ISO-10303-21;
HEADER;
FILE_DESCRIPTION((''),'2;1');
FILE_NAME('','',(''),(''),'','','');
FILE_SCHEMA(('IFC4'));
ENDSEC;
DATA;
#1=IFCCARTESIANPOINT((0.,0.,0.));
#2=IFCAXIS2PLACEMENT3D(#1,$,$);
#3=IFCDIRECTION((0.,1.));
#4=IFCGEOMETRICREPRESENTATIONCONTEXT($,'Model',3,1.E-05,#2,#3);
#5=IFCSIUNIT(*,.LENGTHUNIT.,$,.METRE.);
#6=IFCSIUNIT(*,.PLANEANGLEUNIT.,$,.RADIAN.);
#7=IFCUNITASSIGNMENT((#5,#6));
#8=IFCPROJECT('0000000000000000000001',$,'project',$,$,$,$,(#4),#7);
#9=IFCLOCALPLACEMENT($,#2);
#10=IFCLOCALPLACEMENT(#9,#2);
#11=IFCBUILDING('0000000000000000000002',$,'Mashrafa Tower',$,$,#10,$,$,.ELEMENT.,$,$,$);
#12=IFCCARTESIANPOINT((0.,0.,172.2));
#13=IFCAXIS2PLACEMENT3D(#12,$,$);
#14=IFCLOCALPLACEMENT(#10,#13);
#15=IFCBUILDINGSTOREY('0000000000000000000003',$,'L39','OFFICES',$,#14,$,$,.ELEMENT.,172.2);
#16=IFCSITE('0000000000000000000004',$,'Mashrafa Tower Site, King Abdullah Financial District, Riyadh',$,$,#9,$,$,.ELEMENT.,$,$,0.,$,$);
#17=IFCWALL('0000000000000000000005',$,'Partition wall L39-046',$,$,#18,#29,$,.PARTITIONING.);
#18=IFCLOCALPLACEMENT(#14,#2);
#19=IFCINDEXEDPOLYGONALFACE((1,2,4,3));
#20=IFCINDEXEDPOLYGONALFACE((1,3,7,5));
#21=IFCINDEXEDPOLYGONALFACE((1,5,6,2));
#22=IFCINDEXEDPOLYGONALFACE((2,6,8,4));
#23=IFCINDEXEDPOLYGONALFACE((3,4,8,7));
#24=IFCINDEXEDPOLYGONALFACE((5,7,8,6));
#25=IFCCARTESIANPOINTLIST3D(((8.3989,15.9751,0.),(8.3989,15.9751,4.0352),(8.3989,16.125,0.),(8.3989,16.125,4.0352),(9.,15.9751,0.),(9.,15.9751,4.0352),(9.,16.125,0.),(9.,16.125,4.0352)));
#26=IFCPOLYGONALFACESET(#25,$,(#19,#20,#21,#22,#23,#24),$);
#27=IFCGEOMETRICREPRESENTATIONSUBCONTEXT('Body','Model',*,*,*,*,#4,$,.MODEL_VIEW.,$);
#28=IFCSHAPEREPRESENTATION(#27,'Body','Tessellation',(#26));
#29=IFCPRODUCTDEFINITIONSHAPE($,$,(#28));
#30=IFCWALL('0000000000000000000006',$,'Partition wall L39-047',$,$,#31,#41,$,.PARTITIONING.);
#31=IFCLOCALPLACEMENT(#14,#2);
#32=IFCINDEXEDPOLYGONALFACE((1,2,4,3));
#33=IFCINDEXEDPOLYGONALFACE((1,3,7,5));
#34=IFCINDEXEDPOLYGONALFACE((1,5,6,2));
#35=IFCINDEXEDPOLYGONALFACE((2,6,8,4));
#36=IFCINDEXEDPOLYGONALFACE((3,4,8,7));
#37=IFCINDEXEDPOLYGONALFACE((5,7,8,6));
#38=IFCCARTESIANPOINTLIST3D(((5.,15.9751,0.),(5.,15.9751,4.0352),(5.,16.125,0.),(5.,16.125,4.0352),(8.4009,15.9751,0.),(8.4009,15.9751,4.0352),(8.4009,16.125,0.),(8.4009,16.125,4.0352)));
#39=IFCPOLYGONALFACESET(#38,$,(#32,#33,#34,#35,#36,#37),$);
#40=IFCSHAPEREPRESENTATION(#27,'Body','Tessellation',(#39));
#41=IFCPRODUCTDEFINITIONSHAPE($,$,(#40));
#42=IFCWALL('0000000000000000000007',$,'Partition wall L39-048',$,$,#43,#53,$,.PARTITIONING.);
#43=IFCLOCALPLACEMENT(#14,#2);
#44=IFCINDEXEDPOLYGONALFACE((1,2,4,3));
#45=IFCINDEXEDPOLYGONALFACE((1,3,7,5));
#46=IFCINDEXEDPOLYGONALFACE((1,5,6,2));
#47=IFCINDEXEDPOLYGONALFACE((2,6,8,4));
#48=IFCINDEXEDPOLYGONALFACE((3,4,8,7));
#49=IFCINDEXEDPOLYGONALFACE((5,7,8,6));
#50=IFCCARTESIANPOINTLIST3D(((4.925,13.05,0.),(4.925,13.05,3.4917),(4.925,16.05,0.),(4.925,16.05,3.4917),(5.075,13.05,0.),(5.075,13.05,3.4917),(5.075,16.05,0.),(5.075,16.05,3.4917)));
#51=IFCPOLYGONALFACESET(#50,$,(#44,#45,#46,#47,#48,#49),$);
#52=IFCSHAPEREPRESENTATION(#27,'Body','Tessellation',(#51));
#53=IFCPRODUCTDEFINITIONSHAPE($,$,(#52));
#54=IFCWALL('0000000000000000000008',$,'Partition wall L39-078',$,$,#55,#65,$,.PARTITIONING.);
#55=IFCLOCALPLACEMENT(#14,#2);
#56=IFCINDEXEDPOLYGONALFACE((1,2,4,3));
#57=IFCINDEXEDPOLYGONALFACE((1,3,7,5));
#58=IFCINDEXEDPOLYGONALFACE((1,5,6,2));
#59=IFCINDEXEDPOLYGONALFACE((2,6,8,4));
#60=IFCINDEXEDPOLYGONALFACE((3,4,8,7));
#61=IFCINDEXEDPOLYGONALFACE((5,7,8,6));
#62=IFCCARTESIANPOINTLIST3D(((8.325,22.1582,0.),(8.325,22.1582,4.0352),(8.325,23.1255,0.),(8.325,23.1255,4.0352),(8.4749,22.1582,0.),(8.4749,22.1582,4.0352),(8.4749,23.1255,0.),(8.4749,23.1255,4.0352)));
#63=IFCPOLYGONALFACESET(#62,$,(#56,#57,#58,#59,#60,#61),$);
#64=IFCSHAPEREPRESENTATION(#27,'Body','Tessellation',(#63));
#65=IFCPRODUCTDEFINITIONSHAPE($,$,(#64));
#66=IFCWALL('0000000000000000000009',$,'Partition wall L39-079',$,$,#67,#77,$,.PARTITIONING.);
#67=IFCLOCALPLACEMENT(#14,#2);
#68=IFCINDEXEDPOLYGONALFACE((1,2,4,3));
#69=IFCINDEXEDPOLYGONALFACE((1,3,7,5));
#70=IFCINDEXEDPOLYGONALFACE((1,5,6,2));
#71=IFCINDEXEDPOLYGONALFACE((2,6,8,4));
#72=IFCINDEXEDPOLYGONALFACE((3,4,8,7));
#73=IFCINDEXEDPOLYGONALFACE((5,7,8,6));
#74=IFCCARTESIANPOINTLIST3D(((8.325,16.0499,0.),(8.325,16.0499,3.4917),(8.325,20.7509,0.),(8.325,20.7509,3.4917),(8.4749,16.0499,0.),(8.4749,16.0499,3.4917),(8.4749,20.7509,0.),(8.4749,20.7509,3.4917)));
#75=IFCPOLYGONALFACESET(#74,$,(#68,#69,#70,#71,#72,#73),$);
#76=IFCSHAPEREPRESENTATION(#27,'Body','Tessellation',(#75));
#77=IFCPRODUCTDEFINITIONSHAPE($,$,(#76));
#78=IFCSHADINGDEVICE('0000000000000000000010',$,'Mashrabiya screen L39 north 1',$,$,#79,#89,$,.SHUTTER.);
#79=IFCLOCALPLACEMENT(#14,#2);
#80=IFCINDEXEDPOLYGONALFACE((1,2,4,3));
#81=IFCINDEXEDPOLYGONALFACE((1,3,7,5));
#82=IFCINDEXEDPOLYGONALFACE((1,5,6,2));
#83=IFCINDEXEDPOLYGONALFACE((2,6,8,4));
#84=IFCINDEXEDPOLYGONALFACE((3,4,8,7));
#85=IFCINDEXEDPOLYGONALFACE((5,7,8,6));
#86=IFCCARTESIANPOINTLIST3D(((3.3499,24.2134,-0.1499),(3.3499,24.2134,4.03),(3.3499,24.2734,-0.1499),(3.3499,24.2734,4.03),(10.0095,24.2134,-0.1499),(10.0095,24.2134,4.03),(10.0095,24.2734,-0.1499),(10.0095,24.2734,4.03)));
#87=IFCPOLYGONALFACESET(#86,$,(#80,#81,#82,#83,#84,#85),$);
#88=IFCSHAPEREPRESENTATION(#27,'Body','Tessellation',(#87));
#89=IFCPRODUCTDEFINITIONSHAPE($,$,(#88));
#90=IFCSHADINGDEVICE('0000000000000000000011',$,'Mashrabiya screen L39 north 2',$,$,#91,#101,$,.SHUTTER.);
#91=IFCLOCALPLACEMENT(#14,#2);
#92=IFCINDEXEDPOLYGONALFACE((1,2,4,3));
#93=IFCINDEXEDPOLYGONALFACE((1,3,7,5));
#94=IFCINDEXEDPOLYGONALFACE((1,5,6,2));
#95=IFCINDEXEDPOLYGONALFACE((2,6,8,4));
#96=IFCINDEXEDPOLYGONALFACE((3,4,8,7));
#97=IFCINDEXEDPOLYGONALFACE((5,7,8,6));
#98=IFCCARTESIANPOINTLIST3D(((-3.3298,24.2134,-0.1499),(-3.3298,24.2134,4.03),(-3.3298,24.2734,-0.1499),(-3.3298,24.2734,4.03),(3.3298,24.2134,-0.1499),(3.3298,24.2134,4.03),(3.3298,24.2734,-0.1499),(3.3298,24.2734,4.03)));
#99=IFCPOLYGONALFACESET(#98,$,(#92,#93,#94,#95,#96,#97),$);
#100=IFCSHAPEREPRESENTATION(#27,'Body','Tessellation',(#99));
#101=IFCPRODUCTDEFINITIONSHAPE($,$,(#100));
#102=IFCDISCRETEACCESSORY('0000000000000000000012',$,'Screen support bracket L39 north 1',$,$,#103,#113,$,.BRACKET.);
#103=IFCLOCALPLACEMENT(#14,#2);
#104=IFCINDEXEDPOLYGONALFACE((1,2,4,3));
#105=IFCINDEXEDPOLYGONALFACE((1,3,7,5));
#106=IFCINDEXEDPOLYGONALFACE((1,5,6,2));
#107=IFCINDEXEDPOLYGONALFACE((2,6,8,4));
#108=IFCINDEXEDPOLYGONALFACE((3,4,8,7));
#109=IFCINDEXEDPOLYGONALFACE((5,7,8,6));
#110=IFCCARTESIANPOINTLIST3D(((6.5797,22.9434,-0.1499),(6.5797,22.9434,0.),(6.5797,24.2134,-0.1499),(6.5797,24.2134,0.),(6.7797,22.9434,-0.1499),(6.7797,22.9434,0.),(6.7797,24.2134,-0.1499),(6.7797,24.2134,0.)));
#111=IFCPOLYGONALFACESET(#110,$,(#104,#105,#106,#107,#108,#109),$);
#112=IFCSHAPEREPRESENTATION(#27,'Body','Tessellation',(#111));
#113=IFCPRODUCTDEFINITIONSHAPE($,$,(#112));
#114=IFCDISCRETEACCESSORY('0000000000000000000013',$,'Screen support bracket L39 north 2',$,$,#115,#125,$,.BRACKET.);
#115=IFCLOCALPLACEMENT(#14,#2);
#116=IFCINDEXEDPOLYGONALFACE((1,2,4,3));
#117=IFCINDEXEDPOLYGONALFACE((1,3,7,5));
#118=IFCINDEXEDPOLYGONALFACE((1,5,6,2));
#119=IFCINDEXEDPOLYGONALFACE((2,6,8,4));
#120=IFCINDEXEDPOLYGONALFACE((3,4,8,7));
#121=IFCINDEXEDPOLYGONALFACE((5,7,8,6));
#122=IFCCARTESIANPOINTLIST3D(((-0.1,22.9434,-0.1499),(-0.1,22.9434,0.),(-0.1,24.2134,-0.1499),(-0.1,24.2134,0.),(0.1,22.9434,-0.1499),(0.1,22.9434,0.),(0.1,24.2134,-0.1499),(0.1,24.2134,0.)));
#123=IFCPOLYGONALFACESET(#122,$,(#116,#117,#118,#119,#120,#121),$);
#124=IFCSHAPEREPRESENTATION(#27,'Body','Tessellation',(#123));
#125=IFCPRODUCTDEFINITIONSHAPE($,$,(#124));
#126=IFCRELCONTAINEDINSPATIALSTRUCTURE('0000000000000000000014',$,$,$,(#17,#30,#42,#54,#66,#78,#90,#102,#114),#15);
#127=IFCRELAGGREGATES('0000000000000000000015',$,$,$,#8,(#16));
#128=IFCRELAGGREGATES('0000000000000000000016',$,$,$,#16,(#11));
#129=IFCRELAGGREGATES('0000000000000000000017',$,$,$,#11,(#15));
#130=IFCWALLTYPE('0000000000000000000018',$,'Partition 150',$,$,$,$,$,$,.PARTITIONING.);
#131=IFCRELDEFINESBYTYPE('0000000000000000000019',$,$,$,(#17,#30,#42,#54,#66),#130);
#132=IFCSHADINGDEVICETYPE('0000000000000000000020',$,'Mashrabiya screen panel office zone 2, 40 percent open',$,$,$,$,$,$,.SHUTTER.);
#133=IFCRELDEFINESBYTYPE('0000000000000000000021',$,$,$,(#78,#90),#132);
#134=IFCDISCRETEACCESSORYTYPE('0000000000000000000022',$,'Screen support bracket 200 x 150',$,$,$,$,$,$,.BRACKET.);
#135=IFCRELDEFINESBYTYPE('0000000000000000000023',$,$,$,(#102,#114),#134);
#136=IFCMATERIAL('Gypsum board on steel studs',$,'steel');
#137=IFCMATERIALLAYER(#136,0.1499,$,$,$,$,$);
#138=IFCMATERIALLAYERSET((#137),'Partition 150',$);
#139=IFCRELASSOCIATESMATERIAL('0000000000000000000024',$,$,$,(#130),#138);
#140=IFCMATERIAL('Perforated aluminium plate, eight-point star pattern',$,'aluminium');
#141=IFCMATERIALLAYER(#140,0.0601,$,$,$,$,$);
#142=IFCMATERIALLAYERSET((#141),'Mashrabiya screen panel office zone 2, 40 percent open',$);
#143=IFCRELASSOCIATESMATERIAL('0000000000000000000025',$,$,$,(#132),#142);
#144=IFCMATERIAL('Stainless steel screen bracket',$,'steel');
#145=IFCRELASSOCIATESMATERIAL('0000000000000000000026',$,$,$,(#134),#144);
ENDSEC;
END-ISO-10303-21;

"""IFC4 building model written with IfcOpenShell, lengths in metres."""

from ifc_helpers import new_model, si_unit, direction, frame, frame_2d, origin, origin_2d, place, context, subcontext, project, spatial, rectangle, extrude, source, transform, mapped, material, layer, layer_set, type_object, type_shapes, element, save


model = new_model("IFC4")

# Units and contexts
model_context = context("Model", 3, precision=1e-05, world=origin(), true_north=direction((0.0, 1.0)))
body_context = subcontext(model_context, "Body", "Model", "MODEL_VIEW")
ifc_project = project(units=[si_unit("LENGTHUNIT", "METRE"), si_unit("PLANEANGLEUNIT", "RADIAN")], contexts=[model_context])

# Site, building, storey
site_placement = place(None, origin())
site = spatial("IfcSite", under=ifc_project, at=site_placement, Name="Mashrafa Tower Site, King Abdullah Financial District, Riyadh", CompositionType="ELEMENT", RefElevation=0.0)
building_placement = place(site_placement, origin())
building = spatial("IfcBuilding", under=site, at=building_placement, Name="Mashrafa Tower", CompositionType="ELEMENT")
storey_placement = place(building_placement, frame((0.0, 0.0, 172.2)))
storey = spatial("IfcBuildingStorey", under=building, at=storey_placement, Name="L39", Description="OFFICES", CompositionType="ELEMENT", Elevation=172.2)

# Walls
ifc_material_1 = material(Name="Gypsum board on steel studs", Category="steel")
ifc_layer_1 = layer(ifc_material_1, 0.1499)
ifc_layer_set_1 = layer_set([ifc_layer_1], Name="Partition 150")
wall_type_1 = type_object("IfcWallType", Name="Partition 150", PredefinedType="PARTITIONING", material=ifc_layer_set_1)
wall_1_placement = place(storey_placement, frame((9.0, 16.05, 0.0), z_axis=(0.0, 0.0, 1.0), x_axis=(-1.0, 0.0, 0.0)))
element("IfcWall", 1, at=wall_1_placement, inside=storey, type_object=wall_type_1, Name="Partition wall L39-046", PredefinedType="PARTITIONING", context=body_context, shape_type="SweptSolid", body=[
    extrude(rectangle(XDim=0.6011, YDim=0.1499, at=frame_2d((0.3005, 0.0))), origin(), (0.0, 0.0, 1.0), 4.0352),
])
wall_2_placement = place(storey_placement, frame((8.4009, 16.05, 0.0), z_axis=(0.0, 0.0, 1.0), x_axis=(-1.0, 0.0, 0.0)))
element("IfcWall", 2, at=wall_2_placement, inside=storey, type_object=wall_type_1, Name="Partition wall L39-047", PredefinedType="PARTITIONING", context=body_context, shape_type="SweptSolid", body=[
    extrude(rectangle(XDim=3.4009, YDim=0.1499, at=frame_2d((1.7004, 0.0))), origin(), (0.0, 0.0, 1.0), 4.0352),
])
wall_3_placement = place(storey_placement, frame((5.0, 16.05, 0.0), z_axis=(0.0, 0.0, 1.0), x_axis=(0.0, -1.0, 0.0)))
element("IfcWall", 3, at=wall_3_placement, inside=storey, type_object=wall_type_1, Name="Partition wall L39-048", PredefinedType="PARTITIONING", context=body_context, shape_type="SweptSolid", body=[
    extrude(rectangle(XDim=3.0, YDim=0.1499, at=frame_2d((1.5, 0.0))), origin(), (0.0, 0.0, 1.0), 3.4917),
])
wall_4_placement = place(storey_placement, frame((8.3999, 23.1255, 0.0), z_axis=(0.0, 0.0, 1.0), x_axis=(0.0, -1.0, 0.0)))
element("IfcWall", 4, at=wall_4_placement, inside=storey, type_object=wall_type_1, Name="Partition wall L39-078", PredefinedType="PARTITIONING", context=body_context, shape_type="SweptSolid", body=[
    extrude(rectangle(XDim=0.9673, YDim=0.1499, at=frame_2d((0.4836, 0.0))), origin(), (0.0, 0.0, 1.0), 4.0352),
])
wall_5_placement = place(storey_placement, frame((8.3999, 20.751, 0.0), z_axis=(0.0, 0.0, 1.0), x_axis=(0.0, -1.0, 0.0)))
element("IfcWall", 5, at=wall_5_placement, inside=storey, type_object=wall_type_1, Name="Partition wall L39-079", PredefinedType="PARTITIONING", context=body_context, shape_type="SweptSolid", body=[
    extrude(rectangle(XDim=4.7009, YDim=0.1499, at=frame_2d((2.3506, 0.0))), origin(), (0.0, 0.0, 1.0), 3.4917),
])

# Shading devices
ifc_material_2 = material(Name="Perforated aluminium plate, eight-point star pattern", Category="aluminium")
ifc_layer_2 = layer(ifc_material_2, 0.0601)
ifc_layer_set_2 = layer_set([ifc_layer_2], Name="Mashrabiya screen panel office zone 2, 40 percent open")
shading_device_type = type_object("IfcShadingDeviceType", Name="Mashrabiya screen panel office zone 2, 40 percent open", PredefinedType="SHUTTER", material=ifc_layer_set_2)
shared_shape_1 = source(origin(), body_context, "Body", "SweptSolid", [
    extrude(rectangle(XDim=6.6597, YDim=0.0601, at=origin_2d()), origin(), (0.0, 0.0, 1.0), 4.1799),
])
type_shapes(shading_device_type, [shared_shape_1])
for number, where, z_axis, x_axis, name in (
    (6, (6.6797, 24.2434, -0.1499), (0.0, 0.0, 1.0), (-1.0, 0.0, 0.0), "Mashrabiya screen L39 north 1"),
    (7, (0.0, 24.2434, -0.1499), (0.0, 0.0, 1.0), (-1.0, 0.0, 0.0), "Mashrabiya screen L39 north 2"),
):
    element("IfcShadingDevice", number, at=place(storey_placement, frame(where, z_axis=z_axis, x_axis=x_axis)), inside=storey, type_object=shading_device_type, Name=name, PredefinedType="SHUTTER", context=body_context, shape_type="MappedRepresentation", body=[
        mapped(shared_shape_1, transform((0.0, 0.0, 0.0))),
    ])

# Discrete accessories
ifc_material_3 = material(Name="Stainless steel screen bracket", Category="steel")
discrete_accessory_type = type_object("IfcDiscreteAccessoryType", Name="Screen support bracket 200 x 150", PredefinedType="BRACKET", material=ifc_material_3)
shared_shape_2 = source(origin(), body_context, "Body", "SweptSolid", [
    extrude(rectangle(XDim=0.2, YDim=1.27, at=origin_2d()), origin(), (0.0, 0.0, 1.0), 0.1499),
])
type_shapes(discrete_accessory_type, [shared_shape_2])
for number, where, z_axis, x_axis, name in (
    (8, (6.6797, 23.5784, -0.1499), (0.0, 0.0, 1.0), (-1.0, 0.0, 0.0), "Screen support bracket L39 north 1"),
    (9, (0.0, 23.5784, -0.1499), (0.0, 0.0, 1.0), (-1.0, 0.0, 0.0), "Screen support bracket L39 north 2"),
):
    element("IfcDiscreteAccessory", number, at=place(storey_placement, frame(where, z_axis=z_axis, x_axis=x_axis)), inside=storey, type_object=discrete_accessory_type, Name=name, PredefinedType="BRACKET", context=body_context, shape_type="MappedRepresentation", body=[
        mapped(shared_shape_2, transform((0.0, 0.0, 0.0))),
    ])

save(model, "model.ifc")
